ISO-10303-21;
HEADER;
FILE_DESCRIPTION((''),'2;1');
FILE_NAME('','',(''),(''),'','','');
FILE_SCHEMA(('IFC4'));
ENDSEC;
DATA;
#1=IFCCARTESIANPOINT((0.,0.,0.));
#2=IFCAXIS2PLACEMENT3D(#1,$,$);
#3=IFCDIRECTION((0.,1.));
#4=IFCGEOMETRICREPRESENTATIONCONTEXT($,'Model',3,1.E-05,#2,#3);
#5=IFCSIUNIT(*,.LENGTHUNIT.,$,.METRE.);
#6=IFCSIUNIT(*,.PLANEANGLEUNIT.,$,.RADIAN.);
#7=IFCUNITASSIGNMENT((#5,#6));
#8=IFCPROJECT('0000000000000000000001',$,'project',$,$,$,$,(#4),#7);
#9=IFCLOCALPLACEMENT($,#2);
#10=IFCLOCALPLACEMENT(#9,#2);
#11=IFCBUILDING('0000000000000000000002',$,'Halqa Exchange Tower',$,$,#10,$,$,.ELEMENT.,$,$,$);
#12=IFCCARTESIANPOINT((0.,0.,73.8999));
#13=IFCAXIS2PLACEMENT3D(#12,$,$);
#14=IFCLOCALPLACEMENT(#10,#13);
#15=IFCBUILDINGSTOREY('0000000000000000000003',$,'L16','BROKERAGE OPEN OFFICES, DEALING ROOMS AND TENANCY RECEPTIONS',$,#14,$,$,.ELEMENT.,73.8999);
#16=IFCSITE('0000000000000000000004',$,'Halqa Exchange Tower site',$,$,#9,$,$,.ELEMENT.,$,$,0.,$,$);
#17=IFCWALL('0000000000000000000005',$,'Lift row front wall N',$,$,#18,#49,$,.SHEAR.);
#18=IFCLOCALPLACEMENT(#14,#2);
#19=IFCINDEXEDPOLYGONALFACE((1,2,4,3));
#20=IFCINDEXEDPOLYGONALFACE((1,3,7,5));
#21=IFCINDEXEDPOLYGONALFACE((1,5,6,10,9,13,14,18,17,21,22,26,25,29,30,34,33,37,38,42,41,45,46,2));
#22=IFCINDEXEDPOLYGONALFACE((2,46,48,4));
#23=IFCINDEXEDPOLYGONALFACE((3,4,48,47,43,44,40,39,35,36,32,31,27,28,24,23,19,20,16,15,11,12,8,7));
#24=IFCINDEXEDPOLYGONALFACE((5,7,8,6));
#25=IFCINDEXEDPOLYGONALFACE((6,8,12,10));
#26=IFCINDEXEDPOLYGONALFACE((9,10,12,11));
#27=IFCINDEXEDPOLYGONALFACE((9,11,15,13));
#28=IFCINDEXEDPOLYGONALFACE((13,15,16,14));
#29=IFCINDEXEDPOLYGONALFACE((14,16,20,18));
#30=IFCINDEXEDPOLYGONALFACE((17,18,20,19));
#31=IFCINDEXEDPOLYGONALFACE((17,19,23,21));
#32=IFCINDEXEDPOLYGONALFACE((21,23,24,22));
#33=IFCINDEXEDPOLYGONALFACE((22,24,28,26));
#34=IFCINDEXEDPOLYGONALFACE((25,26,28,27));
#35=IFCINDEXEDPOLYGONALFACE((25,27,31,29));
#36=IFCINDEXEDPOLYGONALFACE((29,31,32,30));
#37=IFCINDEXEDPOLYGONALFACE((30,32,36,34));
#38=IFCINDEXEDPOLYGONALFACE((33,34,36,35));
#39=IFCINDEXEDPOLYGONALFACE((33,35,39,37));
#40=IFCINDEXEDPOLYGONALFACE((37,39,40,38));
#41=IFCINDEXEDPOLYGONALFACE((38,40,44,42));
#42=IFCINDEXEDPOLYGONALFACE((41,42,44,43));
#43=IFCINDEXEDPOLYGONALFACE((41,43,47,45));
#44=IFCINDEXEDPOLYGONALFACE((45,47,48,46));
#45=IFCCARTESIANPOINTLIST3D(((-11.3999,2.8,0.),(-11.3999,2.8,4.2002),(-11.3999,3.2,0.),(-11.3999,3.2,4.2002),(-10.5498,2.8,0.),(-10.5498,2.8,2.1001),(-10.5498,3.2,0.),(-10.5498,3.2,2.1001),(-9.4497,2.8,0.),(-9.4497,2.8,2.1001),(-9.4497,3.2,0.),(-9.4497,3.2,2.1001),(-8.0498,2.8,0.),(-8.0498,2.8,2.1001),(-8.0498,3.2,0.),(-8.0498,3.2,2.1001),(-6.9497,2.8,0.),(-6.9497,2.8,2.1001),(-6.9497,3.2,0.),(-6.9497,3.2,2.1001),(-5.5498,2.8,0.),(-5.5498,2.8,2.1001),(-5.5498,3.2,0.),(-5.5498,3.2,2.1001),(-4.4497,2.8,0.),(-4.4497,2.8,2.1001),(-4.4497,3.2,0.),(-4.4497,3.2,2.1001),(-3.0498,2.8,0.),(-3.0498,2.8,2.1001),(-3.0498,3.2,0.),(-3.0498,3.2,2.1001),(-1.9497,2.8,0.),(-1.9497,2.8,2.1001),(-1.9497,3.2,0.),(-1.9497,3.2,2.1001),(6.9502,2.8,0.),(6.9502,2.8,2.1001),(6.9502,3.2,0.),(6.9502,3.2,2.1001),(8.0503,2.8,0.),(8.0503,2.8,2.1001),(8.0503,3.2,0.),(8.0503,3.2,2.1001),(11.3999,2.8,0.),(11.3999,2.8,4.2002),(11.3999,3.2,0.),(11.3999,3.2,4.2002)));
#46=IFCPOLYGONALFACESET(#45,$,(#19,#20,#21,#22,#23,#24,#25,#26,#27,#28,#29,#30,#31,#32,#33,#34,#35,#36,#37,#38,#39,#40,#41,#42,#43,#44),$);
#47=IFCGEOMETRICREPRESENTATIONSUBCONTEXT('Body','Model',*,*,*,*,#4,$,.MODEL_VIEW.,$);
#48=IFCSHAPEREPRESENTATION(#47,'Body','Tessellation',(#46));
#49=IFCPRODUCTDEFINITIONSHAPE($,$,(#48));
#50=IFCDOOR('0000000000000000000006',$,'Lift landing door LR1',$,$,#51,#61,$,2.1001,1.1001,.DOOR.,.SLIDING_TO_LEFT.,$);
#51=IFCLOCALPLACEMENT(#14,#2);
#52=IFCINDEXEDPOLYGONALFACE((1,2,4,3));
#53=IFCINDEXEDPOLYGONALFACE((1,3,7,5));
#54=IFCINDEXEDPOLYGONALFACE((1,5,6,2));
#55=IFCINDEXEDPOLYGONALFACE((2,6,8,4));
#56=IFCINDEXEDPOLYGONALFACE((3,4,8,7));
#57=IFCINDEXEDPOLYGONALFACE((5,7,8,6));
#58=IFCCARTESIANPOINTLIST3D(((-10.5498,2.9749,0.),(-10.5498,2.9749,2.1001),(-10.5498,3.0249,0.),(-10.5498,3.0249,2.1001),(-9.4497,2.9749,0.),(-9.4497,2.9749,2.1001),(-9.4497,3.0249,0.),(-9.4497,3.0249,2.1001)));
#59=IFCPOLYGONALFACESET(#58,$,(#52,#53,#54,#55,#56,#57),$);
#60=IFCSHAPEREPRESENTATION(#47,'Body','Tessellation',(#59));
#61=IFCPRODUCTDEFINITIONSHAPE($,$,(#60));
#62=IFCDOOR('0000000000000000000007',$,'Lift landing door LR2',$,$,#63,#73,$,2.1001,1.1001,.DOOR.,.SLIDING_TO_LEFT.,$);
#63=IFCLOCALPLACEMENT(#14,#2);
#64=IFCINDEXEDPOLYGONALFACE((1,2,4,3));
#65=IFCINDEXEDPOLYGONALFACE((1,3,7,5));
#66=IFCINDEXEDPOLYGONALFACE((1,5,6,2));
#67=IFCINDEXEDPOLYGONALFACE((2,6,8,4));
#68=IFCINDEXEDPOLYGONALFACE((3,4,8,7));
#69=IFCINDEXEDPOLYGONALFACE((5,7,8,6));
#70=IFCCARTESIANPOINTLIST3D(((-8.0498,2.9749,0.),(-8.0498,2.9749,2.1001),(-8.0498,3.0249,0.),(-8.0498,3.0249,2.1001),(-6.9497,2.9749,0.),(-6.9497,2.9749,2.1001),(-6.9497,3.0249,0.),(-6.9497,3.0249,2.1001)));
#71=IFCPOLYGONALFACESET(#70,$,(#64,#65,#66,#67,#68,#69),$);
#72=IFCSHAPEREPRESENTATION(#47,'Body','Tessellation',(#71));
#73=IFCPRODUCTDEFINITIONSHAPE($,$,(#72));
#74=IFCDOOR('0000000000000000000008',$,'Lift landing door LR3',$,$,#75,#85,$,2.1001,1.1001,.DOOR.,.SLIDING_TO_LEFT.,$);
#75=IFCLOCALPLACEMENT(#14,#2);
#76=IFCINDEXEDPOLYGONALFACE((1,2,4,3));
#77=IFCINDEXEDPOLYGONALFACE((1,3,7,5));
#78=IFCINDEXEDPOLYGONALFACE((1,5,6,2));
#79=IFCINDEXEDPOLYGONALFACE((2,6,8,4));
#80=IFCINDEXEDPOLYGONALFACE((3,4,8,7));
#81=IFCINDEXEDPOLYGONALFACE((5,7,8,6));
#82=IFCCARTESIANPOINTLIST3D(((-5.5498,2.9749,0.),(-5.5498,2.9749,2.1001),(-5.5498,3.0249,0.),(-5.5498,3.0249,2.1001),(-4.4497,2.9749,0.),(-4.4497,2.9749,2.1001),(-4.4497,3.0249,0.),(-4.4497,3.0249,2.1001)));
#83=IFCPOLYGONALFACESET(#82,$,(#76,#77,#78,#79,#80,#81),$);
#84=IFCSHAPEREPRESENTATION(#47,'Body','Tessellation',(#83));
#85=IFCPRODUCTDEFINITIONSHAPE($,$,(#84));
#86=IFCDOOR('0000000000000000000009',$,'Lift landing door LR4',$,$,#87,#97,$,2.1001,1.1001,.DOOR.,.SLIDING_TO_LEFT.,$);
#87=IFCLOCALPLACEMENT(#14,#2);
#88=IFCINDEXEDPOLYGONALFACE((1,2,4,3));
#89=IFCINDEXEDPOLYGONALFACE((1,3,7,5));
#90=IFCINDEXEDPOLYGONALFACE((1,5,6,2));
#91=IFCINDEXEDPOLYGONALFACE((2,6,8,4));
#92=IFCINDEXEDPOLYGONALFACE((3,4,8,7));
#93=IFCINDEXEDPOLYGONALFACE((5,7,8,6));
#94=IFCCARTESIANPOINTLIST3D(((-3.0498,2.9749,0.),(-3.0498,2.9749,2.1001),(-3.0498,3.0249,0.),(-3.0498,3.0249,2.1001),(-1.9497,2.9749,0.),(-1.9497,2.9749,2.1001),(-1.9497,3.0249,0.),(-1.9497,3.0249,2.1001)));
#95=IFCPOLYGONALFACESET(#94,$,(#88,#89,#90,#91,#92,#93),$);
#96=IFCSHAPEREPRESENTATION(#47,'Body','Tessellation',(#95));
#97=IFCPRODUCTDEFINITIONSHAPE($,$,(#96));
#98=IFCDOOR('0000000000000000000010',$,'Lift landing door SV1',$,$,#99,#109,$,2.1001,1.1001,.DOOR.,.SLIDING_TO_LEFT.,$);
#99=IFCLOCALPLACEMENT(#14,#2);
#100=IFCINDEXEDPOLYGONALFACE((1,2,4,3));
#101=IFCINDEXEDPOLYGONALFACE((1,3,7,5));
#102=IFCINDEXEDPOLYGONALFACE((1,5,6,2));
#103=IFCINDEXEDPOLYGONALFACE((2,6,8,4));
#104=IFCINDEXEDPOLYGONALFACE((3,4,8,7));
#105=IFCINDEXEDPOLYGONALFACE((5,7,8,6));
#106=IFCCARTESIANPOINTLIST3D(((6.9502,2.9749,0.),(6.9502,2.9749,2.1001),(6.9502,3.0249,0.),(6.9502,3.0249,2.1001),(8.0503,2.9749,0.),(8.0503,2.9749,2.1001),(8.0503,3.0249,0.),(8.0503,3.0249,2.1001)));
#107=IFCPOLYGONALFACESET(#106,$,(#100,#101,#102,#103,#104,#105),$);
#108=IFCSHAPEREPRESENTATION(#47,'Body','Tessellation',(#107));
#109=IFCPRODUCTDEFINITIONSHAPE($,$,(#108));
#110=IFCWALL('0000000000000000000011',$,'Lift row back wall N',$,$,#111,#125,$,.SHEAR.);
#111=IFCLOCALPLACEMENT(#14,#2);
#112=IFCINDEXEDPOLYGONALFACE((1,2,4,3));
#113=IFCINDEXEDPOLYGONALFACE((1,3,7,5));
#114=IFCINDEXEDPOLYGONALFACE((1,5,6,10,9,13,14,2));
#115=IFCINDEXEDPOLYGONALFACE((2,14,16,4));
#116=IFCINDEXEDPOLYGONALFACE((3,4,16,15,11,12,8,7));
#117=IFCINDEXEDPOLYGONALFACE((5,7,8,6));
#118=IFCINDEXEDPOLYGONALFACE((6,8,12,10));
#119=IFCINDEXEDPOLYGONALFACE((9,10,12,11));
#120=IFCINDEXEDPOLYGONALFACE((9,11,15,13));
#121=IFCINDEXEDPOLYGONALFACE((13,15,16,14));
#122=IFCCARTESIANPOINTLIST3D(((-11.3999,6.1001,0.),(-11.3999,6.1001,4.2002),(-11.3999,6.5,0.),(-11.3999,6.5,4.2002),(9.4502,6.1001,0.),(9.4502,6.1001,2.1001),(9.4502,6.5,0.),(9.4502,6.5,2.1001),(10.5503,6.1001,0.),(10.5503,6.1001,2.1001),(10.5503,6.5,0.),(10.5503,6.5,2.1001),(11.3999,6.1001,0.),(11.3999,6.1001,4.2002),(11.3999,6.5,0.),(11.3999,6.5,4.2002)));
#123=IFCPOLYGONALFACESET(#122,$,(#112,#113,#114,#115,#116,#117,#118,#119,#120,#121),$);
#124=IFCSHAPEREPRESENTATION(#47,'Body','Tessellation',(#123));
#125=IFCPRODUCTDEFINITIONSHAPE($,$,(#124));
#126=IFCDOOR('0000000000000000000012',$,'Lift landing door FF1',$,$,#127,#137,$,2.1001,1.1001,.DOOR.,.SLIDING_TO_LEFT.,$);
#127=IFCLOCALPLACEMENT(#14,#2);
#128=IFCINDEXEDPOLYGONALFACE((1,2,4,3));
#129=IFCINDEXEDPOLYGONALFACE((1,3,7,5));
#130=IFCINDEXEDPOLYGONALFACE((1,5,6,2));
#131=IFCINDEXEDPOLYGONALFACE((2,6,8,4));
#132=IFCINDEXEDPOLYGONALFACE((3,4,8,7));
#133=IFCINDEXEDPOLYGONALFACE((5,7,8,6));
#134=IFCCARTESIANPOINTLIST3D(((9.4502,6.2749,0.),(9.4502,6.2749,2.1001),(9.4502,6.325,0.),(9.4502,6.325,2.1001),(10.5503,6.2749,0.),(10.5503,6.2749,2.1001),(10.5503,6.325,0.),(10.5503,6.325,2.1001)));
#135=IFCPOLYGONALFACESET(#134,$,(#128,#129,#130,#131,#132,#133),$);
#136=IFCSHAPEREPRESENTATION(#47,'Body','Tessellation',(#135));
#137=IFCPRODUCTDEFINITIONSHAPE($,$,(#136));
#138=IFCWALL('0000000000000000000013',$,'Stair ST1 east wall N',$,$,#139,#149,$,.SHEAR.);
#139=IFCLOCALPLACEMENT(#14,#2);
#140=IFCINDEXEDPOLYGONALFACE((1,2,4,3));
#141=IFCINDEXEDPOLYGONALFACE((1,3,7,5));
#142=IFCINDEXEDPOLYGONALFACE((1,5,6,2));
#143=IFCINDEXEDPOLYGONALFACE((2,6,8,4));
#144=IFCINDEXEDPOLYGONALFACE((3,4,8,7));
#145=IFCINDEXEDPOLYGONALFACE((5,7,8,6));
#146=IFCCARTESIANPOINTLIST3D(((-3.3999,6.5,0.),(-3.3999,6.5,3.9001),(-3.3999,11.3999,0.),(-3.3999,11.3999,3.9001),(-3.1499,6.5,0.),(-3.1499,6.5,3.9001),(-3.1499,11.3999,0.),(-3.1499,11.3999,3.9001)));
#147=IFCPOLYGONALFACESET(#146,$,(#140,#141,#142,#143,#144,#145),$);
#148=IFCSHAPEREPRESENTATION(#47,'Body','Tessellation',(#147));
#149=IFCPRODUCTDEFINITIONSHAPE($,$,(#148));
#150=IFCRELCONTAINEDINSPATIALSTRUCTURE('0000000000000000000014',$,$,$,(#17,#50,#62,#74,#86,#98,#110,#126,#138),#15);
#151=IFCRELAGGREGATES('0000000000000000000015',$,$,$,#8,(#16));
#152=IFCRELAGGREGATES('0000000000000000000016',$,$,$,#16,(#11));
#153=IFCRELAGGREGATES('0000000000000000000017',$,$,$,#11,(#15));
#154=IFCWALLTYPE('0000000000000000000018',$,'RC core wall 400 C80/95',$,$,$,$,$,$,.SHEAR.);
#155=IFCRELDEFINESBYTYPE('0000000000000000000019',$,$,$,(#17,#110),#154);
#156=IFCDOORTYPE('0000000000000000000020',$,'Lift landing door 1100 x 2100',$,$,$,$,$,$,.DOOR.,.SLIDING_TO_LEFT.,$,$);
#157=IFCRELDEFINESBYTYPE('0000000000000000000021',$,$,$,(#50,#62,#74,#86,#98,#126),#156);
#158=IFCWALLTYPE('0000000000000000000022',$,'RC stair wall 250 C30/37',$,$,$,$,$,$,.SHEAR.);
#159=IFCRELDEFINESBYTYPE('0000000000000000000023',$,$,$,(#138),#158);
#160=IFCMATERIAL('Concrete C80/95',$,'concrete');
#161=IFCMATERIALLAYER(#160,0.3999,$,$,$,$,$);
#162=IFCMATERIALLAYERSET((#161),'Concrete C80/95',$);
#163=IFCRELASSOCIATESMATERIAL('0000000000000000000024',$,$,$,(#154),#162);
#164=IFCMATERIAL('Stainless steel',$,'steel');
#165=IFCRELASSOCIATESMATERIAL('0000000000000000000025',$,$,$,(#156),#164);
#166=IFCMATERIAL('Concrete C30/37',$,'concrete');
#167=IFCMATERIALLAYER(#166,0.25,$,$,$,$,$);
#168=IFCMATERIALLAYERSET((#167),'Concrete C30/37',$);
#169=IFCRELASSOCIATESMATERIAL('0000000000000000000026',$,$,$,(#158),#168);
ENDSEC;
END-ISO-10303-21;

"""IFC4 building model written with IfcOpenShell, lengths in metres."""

from ifc_helpers import new_model, si_unit, direction, frame, frame_2d, origin, place, context, subcontext, project, spatial, rectangle, extrude, material, layer, layer_set, type_object, element, fill, save


model = new_model("IFC4")

# Units and contexts
model_context = context("Model", 3, precision=1e-05, world=origin(), true_north=direction((0.0, 1.0)))
body_context = subcontext(model_context, "Body", "Model", "MODEL_VIEW")
ifc_project = project(units=[si_unit("LENGTHUNIT", "METRE"), si_unit("PLANEANGLEUNIT", "RADIAN")], contexts=[model_context])

# Site, building, storey
site_placement = place(None, origin())
site = spatial("IfcSite", under=ifc_project, at=site_placement, Name="Halqa Exchange Tower site", CompositionType="ELEMENT", RefElevation=0.0)
building_placement = place(site_placement, origin())
building = spatial("IfcBuilding", under=site, at=building_placement, Name="Halqa Exchange Tower", CompositionType="ELEMENT")
storey_placement = place(building_placement, frame((0.0, 0.0, 73.8999)))
storey = spatial("IfcBuildingStorey", under=building, at=storey_placement, Name="L16", Description="BROKERAGE OPEN OFFICES, DEALING ROOMS AND TENANCY RECEPTIONS", CompositionType="ELEMENT", Elevation=73.8999)

# Wall, openings, doors
ifc_material_1 = material(Name="Concrete C80/95", Category="concrete")
ifc_layer_1 = layer(ifc_material_1, 0.3999)
ifc_layer_set_1 = layer_set([ifc_layer_1], Name="Concrete C80/95")
wall_type_1 = type_object("IfcWallType", Name="RC core wall 400 C80/95", PredefinedType="SHEAR", material=ifc_layer_set_1)
wall_1_placement = place(storey_placement, frame((-11.3999, 3.0, 0.0), z_axis=(0.0, 0.0, 1.0), x_axis=(1.0, 0.0, 0.0)))
wall_1 = element("IfcWall", 1, at=wall_1_placement, inside=storey, type_object=wall_type_1, Name="Lift row front wall N", PredefinedType="SHEAR", context=body_context, shape_type="SweptSolid", body=[
    extrude(rectangle(XDim=22.7998, YDim=0.3999, at=frame_2d((11.3999, 0.0))), origin(), (0.0, 0.0, 1.0), 4.2002),
])
opening_1_placement = place(wall_1_placement, frame((0.8501, 0.0, 0.0)))
opening_1 = element("IfcOpeningElement", 2, at=opening_1_placement, cuts=wall_1, PredefinedType="OPENING", context=body_context, shape_type="SweptSolid", body=[
    extrude(rectangle(XDim=1.1001, YDim=2.1001, at=frame_2d((0.55, 1.05))), frame((0.0, 0.2119, 0.0), z_axis=(0.0, -1.0, 0.0), x_axis=(1.0, 0.0, 0.0)), (0.0, 0.0, 1.0), 0.4238),
])
opening_2_placement = place(wall_1_placement, frame((3.3501, 0.0, 0.0)))
opening_2 = element("IfcOpeningElement", 3, at=opening_2_placement, cuts=wall_1, PredefinedType="OPENING", context=body_context, shape_type="SweptSolid", body=[
    extrude(rectangle(XDim=1.1001, YDim=2.1001, at=frame_2d((0.55, 1.05))), frame((0.0, 0.2119, 0.0), z_axis=(0.0, -1.0, 0.0), x_axis=(1.0, 0.0, 0.0)), (0.0, 0.0, 1.0), 0.4238),
])
opening_3_placement = place(wall_1_placement, frame((5.8501, 0.0, 0.0)))
opening_3 = element("IfcOpeningElement", 4, at=opening_3_placement, cuts=wall_1, PredefinedType="OPENING", context=body_context, shape_type="SweptSolid", body=[
    extrude(rectangle(XDim=1.1001, YDim=2.1001, at=frame_2d((0.55, 1.05))), frame((0.0, 0.2119, 0.0), z_axis=(0.0, -1.0, 0.0), x_axis=(1.0, 0.0, 0.0)), (0.0, 0.0, 1.0), 0.4238),
])
opening_4_placement = place(wall_1_placement, frame((8.3501, 0.0, 0.0)))
opening_4 = element("IfcOpeningElement", 5, at=opening_4_placement, cuts=wall_1, PredefinedType="OPENING", context=body_context, shape_type="SweptSolid", body=[
    extrude(rectangle(XDim=1.1001, YDim=2.1001, at=frame_2d((0.55, 1.05))), frame((0.0, 0.2119, 0.0), z_axis=(0.0, -1.0, 0.0), x_axis=(1.0, 0.0, 0.0)), (0.0, 0.0, 1.0), 0.4238),
])
opening_5_placement = place(wall_1_placement, frame((18.3501, 0.0, 0.0)))
opening_5 = element("IfcOpeningElement", 6, at=opening_5_placement, cuts=wall_1, PredefinedType="OPENING", context=body_context, shape_type="SweptSolid", body=[
    extrude(rectangle(XDim=1.1001, YDim=2.1001, at=frame_2d((0.55, 1.05))), frame((0.0, 0.2119, 0.0), z_axis=(0.0, -1.0, 0.0), x_axis=(1.0, 0.0, 0.0)), (0.0, 0.0, 1.0), 0.4238),
])
ifc_material_2 = material(Name="Stainless steel", Category="steel")
door_type = type_object("IfcDoorType", Name="Lift landing door 1100 x 2100", OperationType="SLIDING_TO_LEFT", PredefinedType="DOOR", material=ifc_material_2)
door_1_placement = place(opening_1_placement, origin())
door_1 = element("IfcDoor", 7, at=door_1_placement, inside=storey, type_object=door_type, Name="Lift landing door LR1", OperationType="SLIDING_TO_LEFT", OverallHeight=2.1001, OverallWidth=1.1001, PredefinedType="DOOR", context=body_context, shape_type="SweptSolid", body=[
    extrude(rectangle(XDim=1.1001, YDim=2.1001, at=frame_2d((0.55, 1.05))), frame((0.0, 0.0249, 0.0), z_axis=(0.0, -1.0, 0.0), x_axis=(1.0, 0.0, 0.0)), (0.0, 0.0, 1.0), 0.05),
])
fill(opening_1, door_1)
door_2_placement = place(opening_2_placement, origin())
door_2 = element("IfcDoor", 8, at=door_2_placement, inside=storey, type_object=door_type, Name="Lift landing door LR2", OperationType="SLIDING_TO_LEFT", OverallHeight=2.1001, OverallWidth=1.1001, PredefinedType="DOOR", context=body_context, shape_type="SweptSolid", body=[
    extrude(rectangle(XDim=1.1001, YDim=2.1001, at=frame_2d((0.55, 1.05))), frame((0.0, 0.0249, 0.0), z_axis=(0.0, -1.0, 0.0), x_axis=(1.0, 0.0, 0.0)), (0.0, 0.0, 1.0), 0.05),
])
fill(opening_2, door_2)
door_3_placement = place(opening_3_placement, origin())
door_3 = element("IfcDoor", 9, at=door_3_placement, inside=storey, type_object=door_type, Name="Lift landing door LR3", OperationType="SLIDING_TO_LEFT", OverallHeight=2.1001, OverallWidth=1.1001, PredefinedType="DOOR", context=body_context, shape_type="SweptSolid", body=[
    extrude(rectangle(XDim=1.1001, YDim=2.1001, at=frame_2d((0.55, 1.05))), frame((0.0, 0.0249, 0.0), z_axis=(0.0, -1.0, 0.0), x_axis=(1.0, 0.0, 0.0)), (0.0, 0.0, 1.0), 0.05),
])
fill(opening_3, door_3)
door_4_placement = place(opening_4_placement, origin())
door_4 = element("IfcDoor", 10, at=door_4_placement, inside=storey, type_object=door_type, Name="Lift landing door LR4", OperationType="SLIDING_TO_LEFT", OverallHeight=2.1001, OverallWidth=1.1001, PredefinedType="DOOR", context=body_context, shape_type="SweptSolid", body=[
    extrude(rectangle(XDim=1.1001, YDim=2.1001, at=frame_2d((0.55, 1.05))), frame((0.0, 0.0249, 0.0), z_axis=(0.0, -1.0, 0.0), x_axis=(1.0, 0.0, 0.0)), (0.0, 0.0, 1.0), 0.05),
])
fill(opening_4, door_4)
door_5_placement = place(opening_5_placement, origin())
door_5 = element("IfcDoor", 11, at=door_5_placement, inside=storey, type_object=door_type, Name="Lift landing door SV1", OperationType="SLIDING_TO_LEFT", OverallHeight=2.1001, OverallWidth=1.1001, PredefinedType="DOOR", context=body_context, shape_type="SweptSolid", body=[
    extrude(rectangle(XDim=1.1001, YDim=2.1001, at=frame_2d((0.55, 1.05))), frame((0.0, 0.0249, 0.0), z_axis=(0.0, -1.0, 0.0), x_axis=(1.0, 0.0, 0.0)), (0.0, 0.0, 1.0), 0.05),
])
fill(opening_5, door_5)

# Wall, opening, door
wall_2_placement = place(storey_placement, frame((-11.3999, 6.3, 0.0), z_axis=(0.0, 0.0, 1.0), x_axis=(1.0, 0.0, 0.0)))
wall_2 = element("IfcWall", 12, at=wall_2_placement, inside=storey, type_object=wall_type_1, Name="Lift row back wall N", PredefinedType="SHEAR", context=body_context, shape_type="SweptSolid", body=[
    extrude(rectangle(XDim=22.7998, YDim=0.3999, at=frame_2d((11.3999, 0.0))), origin(), (0.0, 0.0, 1.0), 4.2002),
])
opening_6_placement = place(wall_2_placement, frame((20.8501, 0.0, 0.0)))
opening_6 = element("IfcOpeningElement", 13, at=opening_6_placement, cuts=wall_2, PredefinedType="OPENING", context=body_context, shape_type="SweptSolid", body=[
    extrude(rectangle(XDim=1.1001, YDim=2.1001, at=frame_2d((0.55, 1.05))), frame((0.0, 0.2119, 0.0), z_axis=(0.0, -1.0, 0.0), x_axis=(1.0, 0.0, 0.0)), (0.0, 0.0, 1.0), 0.4238),
])
door_6_placement = place(opening_6_placement, origin())
door_6 = element("IfcDoor", 14, at=door_6_placement, inside=storey, type_object=door_type, Name="Lift landing door FF1", OperationType="SLIDING_TO_LEFT", OverallHeight=2.1001, OverallWidth=1.1001, PredefinedType="DOOR", context=body_context, shape_type="SweptSolid", body=[
    extrude(rectangle(XDim=1.1001, YDim=2.1001, at=frame_2d((0.55, 1.05))), frame((0.0, 0.0249, 0.0), z_axis=(0.0, -1.0, 0.0), x_axis=(1.0, 0.0, 0.0)), (0.0, 0.0, 1.0), 0.05),
])
fill(opening_6, door_6)

# Wall
ifc_material_3 = material(Name="Concrete C30/37", Category="concrete")
ifc_layer_2 = layer(ifc_material_3, 0.25)
ifc_layer_set_2 = layer_set([ifc_layer_2], Name="Concrete C30/37")
wall_type_2 = type_object("IfcWallType", Name="RC stair wall 250 C30/37", PredefinedType="SHEAR", material=ifc_layer_set_2)
wall_3_placement = place(storey_placement, frame((-3.2749, 6.5, 0.0), z_axis=(0.0, 0.0, 1.0), x_axis=(0.0, 1.0, 0.0)))
element("IfcWall", 15, at=wall_3_placement, inside=storey, type_object=wall_type_2, Name="Stair ST1 east wall N", PredefinedType="SHEAR", context=body_context, shape_type="SweptSolid", body=[
    extrude(rectangle(XDim=4.8999, YDim=0.25, at=frame_2d((2.45, 0.0))), origin(), (0.0, 0.0, 1.0), 3.9001),
])

save(model, "model.ifc")
